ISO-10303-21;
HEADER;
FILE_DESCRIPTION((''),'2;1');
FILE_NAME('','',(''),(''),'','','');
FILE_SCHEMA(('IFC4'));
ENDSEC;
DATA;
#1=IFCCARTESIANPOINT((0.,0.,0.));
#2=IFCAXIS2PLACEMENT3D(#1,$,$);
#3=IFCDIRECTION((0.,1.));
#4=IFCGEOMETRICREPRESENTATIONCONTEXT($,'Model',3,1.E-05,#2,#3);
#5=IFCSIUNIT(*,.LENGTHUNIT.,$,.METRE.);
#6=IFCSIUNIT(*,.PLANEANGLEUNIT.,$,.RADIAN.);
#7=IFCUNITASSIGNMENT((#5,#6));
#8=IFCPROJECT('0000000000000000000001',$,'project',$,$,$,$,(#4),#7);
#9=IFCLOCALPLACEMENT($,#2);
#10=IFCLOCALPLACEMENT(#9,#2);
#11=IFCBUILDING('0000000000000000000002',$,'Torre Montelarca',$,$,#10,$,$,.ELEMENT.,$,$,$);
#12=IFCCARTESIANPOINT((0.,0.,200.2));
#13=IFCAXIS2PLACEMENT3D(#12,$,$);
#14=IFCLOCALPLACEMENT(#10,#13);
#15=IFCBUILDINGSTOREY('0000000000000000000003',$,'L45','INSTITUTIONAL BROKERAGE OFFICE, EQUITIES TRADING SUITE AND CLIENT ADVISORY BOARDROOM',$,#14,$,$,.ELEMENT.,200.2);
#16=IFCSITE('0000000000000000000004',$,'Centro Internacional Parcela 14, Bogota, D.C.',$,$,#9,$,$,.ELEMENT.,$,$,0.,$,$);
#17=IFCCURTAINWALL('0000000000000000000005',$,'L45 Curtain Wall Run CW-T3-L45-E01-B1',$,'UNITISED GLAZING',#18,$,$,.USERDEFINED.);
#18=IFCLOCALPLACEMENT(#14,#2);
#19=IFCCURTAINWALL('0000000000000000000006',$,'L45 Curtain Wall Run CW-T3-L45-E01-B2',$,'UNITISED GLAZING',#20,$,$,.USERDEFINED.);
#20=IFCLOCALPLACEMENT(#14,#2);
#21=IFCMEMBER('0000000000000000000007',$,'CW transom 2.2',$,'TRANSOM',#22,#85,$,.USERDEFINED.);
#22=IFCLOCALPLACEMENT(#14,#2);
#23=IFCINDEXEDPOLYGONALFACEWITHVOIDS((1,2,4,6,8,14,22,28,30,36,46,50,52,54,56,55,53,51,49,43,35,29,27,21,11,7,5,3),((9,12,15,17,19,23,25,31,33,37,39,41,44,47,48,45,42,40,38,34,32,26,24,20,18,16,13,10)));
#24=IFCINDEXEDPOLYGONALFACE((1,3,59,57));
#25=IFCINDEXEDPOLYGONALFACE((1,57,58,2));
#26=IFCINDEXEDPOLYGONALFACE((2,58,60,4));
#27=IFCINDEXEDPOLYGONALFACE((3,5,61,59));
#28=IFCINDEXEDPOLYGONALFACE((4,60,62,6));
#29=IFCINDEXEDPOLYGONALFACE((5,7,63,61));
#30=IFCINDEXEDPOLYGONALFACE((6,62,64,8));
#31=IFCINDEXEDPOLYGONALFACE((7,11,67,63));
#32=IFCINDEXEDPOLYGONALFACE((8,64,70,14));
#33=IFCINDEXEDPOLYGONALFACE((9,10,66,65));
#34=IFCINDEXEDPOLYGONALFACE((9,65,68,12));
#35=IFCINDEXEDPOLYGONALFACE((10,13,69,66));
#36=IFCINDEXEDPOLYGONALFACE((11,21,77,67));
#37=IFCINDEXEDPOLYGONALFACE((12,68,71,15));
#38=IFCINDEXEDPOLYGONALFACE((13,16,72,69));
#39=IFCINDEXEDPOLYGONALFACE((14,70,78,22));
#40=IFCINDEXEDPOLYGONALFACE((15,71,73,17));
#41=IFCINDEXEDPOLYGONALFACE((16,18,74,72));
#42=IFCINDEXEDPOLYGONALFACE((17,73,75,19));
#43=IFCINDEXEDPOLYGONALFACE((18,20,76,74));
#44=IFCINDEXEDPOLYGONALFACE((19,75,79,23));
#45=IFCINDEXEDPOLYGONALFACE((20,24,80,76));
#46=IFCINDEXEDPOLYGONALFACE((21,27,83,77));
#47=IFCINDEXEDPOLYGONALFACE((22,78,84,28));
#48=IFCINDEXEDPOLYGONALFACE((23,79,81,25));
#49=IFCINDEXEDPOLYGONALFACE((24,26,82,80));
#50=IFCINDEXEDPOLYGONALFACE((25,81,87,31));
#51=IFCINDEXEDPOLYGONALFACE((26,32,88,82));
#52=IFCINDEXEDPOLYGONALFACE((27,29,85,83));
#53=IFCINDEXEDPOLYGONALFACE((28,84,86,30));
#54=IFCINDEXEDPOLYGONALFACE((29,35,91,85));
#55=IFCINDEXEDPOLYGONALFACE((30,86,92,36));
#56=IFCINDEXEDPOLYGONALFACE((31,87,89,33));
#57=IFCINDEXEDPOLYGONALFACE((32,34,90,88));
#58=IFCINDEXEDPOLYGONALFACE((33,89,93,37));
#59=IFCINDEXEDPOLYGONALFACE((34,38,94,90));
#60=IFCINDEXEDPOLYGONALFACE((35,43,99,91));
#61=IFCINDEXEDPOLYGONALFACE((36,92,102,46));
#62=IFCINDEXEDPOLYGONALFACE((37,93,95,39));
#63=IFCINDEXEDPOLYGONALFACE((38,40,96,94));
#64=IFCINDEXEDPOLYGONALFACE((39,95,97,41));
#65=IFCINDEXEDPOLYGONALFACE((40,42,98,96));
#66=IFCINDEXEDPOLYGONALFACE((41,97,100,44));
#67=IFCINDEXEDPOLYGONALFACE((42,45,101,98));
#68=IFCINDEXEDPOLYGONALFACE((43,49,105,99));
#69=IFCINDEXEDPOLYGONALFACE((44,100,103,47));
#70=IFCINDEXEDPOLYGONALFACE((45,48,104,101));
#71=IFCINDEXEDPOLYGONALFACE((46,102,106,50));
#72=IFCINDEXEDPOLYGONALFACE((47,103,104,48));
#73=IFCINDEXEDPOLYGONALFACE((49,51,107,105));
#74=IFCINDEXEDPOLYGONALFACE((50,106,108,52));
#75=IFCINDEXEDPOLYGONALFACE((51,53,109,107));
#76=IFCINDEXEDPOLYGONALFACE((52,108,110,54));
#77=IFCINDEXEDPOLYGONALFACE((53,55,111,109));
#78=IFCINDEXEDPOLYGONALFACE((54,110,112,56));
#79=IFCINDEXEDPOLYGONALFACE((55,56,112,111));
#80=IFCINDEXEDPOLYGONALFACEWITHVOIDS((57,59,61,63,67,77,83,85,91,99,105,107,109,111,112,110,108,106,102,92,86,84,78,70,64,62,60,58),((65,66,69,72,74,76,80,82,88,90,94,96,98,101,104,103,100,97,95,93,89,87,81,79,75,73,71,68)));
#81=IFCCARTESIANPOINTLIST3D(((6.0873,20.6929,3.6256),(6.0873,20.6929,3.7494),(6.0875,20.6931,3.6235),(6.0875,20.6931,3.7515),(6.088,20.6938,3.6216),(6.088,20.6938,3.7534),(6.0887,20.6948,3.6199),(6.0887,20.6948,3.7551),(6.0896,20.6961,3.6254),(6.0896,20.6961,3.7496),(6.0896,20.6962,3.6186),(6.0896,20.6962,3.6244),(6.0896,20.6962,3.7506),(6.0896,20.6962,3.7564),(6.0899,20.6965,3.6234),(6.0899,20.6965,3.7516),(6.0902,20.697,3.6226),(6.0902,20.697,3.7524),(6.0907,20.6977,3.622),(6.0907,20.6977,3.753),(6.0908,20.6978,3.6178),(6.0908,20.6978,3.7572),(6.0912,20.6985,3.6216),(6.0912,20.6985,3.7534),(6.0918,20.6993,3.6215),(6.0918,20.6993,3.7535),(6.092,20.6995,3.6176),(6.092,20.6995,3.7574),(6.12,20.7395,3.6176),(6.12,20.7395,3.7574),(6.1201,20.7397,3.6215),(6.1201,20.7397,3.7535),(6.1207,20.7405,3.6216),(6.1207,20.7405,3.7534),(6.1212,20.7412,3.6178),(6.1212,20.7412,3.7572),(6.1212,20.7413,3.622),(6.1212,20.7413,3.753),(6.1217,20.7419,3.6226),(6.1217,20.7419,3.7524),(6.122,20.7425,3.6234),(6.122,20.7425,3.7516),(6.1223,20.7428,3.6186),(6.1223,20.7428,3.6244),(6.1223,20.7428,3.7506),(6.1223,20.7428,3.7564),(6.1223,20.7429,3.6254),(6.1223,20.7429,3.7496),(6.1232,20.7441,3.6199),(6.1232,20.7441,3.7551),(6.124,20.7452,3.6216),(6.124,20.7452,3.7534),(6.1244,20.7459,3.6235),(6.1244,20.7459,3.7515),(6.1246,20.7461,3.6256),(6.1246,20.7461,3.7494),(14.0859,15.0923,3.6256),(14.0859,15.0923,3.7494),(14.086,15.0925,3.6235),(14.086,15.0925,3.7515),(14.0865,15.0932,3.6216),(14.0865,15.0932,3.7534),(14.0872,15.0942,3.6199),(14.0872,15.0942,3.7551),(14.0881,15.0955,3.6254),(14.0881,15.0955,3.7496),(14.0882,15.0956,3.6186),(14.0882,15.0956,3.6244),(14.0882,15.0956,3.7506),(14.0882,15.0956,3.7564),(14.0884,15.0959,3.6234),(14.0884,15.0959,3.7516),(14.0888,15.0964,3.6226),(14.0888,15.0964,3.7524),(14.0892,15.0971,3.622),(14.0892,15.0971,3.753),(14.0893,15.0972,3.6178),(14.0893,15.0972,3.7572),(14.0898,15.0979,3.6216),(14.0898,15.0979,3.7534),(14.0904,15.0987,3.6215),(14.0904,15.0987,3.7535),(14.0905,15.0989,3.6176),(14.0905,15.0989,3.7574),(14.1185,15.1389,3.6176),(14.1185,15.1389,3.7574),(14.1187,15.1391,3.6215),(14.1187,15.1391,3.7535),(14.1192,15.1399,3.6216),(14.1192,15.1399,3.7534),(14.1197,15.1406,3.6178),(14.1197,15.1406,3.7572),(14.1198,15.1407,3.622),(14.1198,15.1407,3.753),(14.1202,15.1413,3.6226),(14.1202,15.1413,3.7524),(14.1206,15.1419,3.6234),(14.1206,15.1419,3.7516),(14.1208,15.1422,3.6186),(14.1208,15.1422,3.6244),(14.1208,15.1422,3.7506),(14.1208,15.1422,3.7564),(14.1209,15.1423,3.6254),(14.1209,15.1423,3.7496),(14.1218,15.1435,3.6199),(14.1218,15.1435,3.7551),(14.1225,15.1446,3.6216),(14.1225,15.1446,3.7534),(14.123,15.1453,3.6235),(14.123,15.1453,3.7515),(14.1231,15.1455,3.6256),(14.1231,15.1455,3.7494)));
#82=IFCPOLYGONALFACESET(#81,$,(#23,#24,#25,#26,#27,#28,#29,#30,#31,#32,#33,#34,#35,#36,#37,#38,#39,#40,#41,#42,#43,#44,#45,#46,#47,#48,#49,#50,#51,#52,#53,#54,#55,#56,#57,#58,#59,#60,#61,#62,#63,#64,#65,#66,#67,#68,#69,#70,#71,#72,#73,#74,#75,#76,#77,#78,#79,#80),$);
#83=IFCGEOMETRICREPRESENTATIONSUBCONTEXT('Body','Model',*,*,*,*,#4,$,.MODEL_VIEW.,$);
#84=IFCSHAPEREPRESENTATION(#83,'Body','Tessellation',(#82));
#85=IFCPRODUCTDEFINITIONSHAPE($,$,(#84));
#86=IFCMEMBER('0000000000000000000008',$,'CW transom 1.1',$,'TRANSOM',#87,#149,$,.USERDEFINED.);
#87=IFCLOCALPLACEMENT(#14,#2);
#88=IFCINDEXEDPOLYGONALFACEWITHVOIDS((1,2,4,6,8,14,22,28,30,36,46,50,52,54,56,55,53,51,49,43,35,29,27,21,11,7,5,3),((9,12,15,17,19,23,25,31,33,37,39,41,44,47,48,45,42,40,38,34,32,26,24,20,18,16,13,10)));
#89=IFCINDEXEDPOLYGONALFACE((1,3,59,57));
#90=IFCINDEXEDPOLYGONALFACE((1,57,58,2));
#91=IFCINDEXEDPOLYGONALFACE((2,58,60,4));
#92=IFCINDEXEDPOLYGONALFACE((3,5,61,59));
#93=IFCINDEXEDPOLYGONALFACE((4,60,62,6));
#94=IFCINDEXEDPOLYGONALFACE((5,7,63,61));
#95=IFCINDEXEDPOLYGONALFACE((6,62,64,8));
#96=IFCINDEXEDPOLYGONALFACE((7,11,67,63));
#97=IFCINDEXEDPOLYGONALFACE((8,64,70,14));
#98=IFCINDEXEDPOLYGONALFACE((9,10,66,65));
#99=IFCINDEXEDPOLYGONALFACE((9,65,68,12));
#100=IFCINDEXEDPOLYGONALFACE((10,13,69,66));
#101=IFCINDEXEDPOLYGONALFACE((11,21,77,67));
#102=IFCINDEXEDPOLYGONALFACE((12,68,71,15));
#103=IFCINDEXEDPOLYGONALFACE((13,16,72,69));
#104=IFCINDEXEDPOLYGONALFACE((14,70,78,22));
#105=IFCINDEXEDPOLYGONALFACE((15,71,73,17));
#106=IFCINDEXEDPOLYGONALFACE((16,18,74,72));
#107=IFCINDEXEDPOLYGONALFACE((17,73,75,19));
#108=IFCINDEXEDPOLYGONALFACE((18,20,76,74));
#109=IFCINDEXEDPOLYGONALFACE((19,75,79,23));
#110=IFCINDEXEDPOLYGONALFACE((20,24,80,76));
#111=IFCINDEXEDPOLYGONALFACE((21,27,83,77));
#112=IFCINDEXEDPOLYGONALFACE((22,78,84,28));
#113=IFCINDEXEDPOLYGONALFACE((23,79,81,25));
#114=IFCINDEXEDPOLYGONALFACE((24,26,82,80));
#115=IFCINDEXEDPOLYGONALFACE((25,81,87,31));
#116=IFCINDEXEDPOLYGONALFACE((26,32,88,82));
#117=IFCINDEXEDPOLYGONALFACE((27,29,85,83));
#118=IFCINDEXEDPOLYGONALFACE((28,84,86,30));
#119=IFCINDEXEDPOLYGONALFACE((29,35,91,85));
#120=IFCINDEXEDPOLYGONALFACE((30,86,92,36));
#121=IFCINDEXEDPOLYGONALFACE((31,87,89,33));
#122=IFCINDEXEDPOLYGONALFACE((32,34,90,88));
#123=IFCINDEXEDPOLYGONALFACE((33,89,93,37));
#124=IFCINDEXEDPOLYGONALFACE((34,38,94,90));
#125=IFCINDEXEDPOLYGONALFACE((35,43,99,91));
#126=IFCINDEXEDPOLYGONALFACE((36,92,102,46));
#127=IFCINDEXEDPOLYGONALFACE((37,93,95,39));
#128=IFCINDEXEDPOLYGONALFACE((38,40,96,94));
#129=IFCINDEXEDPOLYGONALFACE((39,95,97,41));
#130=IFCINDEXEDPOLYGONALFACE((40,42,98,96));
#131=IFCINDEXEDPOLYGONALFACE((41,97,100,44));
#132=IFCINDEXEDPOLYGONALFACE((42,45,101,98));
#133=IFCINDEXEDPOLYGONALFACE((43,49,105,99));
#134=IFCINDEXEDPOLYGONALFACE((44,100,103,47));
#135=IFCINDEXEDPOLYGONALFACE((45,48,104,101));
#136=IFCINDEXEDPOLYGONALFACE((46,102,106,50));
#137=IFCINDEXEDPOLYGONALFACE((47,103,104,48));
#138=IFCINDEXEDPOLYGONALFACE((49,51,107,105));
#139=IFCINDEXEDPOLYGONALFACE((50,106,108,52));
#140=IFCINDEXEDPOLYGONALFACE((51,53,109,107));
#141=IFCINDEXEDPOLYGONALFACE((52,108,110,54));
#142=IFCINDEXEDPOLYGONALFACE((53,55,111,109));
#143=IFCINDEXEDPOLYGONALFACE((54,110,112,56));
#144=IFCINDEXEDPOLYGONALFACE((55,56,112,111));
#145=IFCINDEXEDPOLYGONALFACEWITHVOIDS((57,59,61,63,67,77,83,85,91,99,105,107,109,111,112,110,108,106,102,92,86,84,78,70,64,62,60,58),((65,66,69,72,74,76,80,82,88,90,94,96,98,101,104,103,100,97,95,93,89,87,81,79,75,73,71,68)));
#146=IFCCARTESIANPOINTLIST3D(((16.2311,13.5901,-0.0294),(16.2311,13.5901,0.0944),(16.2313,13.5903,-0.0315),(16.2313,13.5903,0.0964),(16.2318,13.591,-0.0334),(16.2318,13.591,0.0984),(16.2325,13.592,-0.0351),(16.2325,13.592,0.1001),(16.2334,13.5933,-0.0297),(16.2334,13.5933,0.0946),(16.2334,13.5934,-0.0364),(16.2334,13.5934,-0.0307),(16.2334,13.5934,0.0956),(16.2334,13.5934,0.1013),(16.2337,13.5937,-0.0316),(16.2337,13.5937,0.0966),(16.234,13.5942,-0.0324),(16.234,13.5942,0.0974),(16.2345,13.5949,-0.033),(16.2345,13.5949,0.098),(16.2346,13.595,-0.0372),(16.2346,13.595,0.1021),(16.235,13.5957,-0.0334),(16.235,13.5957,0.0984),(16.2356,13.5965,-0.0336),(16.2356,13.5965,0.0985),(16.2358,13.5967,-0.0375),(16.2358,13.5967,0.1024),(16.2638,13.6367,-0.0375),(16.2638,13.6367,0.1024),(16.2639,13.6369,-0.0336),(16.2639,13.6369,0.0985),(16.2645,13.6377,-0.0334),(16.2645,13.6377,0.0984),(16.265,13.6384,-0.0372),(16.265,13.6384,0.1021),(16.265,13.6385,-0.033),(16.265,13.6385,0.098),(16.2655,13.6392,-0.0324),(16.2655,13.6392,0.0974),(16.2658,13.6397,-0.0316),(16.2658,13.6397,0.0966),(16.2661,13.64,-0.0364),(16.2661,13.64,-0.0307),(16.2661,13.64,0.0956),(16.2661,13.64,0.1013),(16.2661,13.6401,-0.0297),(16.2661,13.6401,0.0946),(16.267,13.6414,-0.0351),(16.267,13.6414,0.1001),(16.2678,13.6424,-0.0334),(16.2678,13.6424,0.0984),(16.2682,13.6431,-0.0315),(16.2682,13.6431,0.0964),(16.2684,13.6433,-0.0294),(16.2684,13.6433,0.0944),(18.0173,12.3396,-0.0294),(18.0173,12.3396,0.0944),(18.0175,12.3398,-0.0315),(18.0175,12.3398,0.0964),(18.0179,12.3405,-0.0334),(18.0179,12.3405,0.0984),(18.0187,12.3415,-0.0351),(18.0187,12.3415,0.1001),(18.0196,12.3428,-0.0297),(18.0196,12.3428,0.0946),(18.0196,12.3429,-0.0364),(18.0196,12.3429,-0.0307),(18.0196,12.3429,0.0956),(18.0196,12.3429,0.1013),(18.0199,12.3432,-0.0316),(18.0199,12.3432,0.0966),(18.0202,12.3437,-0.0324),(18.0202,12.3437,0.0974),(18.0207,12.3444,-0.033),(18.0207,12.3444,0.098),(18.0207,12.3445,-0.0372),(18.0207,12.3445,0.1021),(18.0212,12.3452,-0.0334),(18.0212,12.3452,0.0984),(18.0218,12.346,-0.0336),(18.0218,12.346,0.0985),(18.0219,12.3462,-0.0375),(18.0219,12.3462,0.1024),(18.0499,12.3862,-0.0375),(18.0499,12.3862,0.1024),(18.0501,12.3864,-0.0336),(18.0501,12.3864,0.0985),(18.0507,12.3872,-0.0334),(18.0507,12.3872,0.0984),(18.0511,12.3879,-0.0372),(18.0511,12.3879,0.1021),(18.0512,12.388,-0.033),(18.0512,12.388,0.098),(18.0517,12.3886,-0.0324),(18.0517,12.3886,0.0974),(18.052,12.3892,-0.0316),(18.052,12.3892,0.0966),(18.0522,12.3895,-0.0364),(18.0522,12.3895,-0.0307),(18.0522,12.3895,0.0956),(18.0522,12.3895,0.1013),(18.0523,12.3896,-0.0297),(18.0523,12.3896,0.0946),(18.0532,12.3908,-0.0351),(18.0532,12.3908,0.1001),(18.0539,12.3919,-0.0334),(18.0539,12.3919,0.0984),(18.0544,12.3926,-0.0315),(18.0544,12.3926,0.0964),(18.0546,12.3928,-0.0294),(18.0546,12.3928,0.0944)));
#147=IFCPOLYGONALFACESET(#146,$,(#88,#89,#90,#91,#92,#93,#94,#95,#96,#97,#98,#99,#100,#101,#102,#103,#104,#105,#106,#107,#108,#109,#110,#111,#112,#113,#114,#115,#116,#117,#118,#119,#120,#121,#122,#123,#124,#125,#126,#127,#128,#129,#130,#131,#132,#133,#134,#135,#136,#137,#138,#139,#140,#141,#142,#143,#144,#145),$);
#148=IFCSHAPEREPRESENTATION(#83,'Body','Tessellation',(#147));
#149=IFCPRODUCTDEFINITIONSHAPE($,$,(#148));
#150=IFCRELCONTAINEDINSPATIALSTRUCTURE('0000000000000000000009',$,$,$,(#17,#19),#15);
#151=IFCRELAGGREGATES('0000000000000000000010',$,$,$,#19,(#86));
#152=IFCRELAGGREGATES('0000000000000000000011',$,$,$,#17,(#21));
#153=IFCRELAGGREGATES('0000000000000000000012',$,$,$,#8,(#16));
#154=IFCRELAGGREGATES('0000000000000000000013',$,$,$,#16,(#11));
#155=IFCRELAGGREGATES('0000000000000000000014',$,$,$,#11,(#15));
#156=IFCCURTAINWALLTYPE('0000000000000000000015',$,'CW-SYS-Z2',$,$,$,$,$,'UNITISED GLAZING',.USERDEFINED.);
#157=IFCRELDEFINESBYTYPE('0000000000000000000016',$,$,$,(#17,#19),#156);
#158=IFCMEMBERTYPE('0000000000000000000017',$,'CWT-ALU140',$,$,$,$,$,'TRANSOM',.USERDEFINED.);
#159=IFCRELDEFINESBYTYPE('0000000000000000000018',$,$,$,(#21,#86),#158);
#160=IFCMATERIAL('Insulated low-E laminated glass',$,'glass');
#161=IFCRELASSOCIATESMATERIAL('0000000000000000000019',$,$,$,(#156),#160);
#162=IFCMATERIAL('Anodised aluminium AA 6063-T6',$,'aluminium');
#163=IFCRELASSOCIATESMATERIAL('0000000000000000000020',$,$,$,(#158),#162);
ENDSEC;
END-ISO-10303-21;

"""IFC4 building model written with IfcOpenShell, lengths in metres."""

from ifc_helpers import new_model, si_unit, direction, frame, origin, origin_2d, place, context, subcontext, project, spatial, hollow_rectangle, extrude, source, transform, mapped, material, material_profile, profile_set, type_object, element, aggregate, save


model = new_model("IFC4")

# Units and contexts
model_context = context("Model", 3, precision=1e-05, world=origin(), true_north=direction((0.0, 1.0)))
body_context = subcontext(model_context, "Body", "Model", "MODEL_VIEW")
ifc_project = project(units=[si_unit("LENGTHUNIT", "METRE"), si_unit("PLANEANGLEUNIT", "RADIAN")], contexts=[model_context])

# Site, building, storey
site_placement = place(None, origin())
site = spatial("IfcSite", under=ifc_project, at=site_placement, Name="Centro Internacional Parcela 14, Bogota, D.C.", CompositionType="ELEMENT", RefElevation=0.0)
building_placement = place(site_placement, origin())
building = spatial("IfcBuilding", under=site, at=building_placement, Name="Torre Montelarca", CompositionType="ELEMENT")
storey_placement = place(building_placement, frame((0.0, 0.0, 200.2)))
storey = spatial("IfcBuildingStorey", under=building, at=storey_placement, Name="L45", Description="INSTITUTIONAL BROKERAGE OFFICE, EQUITIES TRADING SUITE AND CLIENT ADVISORY BOARDROOM", CompositionType="ELEMENT", Elevation=200.2)

# Curtain walls
ifc_material_1 = material(Name="Insulated low-E laminated glass", Category="glass")
curtain_wall_type = type_object("IfcCurtainWallType", Name="CW-SYS-Z2", ElementType="UNITISED GLAZING", PredefinedType="USERDEFINED", material=ifc_material_1)
curtain_wall_1_placement = place(storey_placement, origin())
curtain_wall_1 = element("IfcCurtainWall", 1, at=curtain_wall_1_placement, inside=storey, type_object=curtain_wall_type, Name="L45 Curtain Wall Run CW-T3-L45-E01-B1", ObjectType="UNITISED GLAZING", PredefinedType="USERDEFINED")
ifc_material_2 = material(Name="Anodised aluminium AA 6063-T6", Category="aluminium")
curtain_wall_2_placement = place(storey_placement, origin())
curtain_wall_2 = element("IfcCurtainWall", 2, at=curtain_wall_2_placement, inside=storey, type_object=curtain_wall_type, Name="L45 Curtain Wall Run CW-T3-L45-E01-B2", ObjectType="UNITISED GLAZING", PredefinedType="USERDEFINED")

# Members
ifc_material_profile_1 = material_profile(ifc_material_2, hollow_rectangle(XDim=0.0649, YDim=0.1399, WallThickness=0.0039, InnerFilletRadius=0.0039, OuterFilletRadius=0.0081, at=origin_2d()), Name="ALU65X140X4", Category="aluminium")
ifc_profile_set_1 = profile_set([ifc_material_profile_1], Name="Anodised aluminium AA 6063-T6")
member_type_1 = type_object("IfcMemberType", Name="CWT-ALU140", ElementType="TRANSOM", PredefinedType="USERDEFINED", material=ifc_profile_set_1)
shared_shape_1 = source(origin(), body_context, "Body", "SweptSolid", [
    extrude(hollow_rectangle(XDim=0.0649, YDim=0.1399, WallThickness=0.0039, InnerFilletRadius=0.0039, OuterFilletRadius=0.0081, at=origin_2d()), origin(), (0.0, 0.0, 1.0), 9.7644),
])
member_1_placement = place(storey_placement, frame((6.106, 20.7195, 3.6875), z_axis=(0.819154, -0.573573, 0.0), x_axis=(0.573573, 0.819154, 0.0)))
member_1 = element("IfcMember", 3, at=member_1_placement, type_object=member_type_1, Name="CW transom 2.2", ObjectType="TRANSOM", PredefinedType="USERDEFINED", context=body_context, shape_type="MappedRepresentation", body=[
    mapped(shared_shape_1, transform((0.0, 0.0, 0.0), scale=1.0)),
])
shared_shape_2 = source(origin(), body_context, "Body", "SweptSolid", [
    extrude(hollow_rectangle(XDim=0.0649, YDim=0.1399, WallThickness=0.0039, InnerFilletRadius=0.0039, OuterFilletRadius=0.0081, at=origin_2d()), origin(), (0.0, 0.0, 1.0), 2.1804),
])
member_2_placement = place(storey_placement, frame((16.2498, 13.6167, 0.0325), z_axis=(0.81919, -0.573522, 0.0), x_axis=(0.573522, 0.81919, 0.0)))
member_2 = element("IfcMember", 4, at=member_2_placement, type_object=member_type_1, Name="CW transom 1.1", ObjectType="TRANSOM", PredefinedType="USERDEFINED", context=body_context, shape_type="MappedRepresentation", body=[
    mapped(shared_shape_2, transform((0.0, 0.0, 0.0), scale=1.0)),
])

aggregate(curtain_wall_2, [member_2])
aggregate(curtain_wall_1, [member_1])

save(model, "model.ifc")
